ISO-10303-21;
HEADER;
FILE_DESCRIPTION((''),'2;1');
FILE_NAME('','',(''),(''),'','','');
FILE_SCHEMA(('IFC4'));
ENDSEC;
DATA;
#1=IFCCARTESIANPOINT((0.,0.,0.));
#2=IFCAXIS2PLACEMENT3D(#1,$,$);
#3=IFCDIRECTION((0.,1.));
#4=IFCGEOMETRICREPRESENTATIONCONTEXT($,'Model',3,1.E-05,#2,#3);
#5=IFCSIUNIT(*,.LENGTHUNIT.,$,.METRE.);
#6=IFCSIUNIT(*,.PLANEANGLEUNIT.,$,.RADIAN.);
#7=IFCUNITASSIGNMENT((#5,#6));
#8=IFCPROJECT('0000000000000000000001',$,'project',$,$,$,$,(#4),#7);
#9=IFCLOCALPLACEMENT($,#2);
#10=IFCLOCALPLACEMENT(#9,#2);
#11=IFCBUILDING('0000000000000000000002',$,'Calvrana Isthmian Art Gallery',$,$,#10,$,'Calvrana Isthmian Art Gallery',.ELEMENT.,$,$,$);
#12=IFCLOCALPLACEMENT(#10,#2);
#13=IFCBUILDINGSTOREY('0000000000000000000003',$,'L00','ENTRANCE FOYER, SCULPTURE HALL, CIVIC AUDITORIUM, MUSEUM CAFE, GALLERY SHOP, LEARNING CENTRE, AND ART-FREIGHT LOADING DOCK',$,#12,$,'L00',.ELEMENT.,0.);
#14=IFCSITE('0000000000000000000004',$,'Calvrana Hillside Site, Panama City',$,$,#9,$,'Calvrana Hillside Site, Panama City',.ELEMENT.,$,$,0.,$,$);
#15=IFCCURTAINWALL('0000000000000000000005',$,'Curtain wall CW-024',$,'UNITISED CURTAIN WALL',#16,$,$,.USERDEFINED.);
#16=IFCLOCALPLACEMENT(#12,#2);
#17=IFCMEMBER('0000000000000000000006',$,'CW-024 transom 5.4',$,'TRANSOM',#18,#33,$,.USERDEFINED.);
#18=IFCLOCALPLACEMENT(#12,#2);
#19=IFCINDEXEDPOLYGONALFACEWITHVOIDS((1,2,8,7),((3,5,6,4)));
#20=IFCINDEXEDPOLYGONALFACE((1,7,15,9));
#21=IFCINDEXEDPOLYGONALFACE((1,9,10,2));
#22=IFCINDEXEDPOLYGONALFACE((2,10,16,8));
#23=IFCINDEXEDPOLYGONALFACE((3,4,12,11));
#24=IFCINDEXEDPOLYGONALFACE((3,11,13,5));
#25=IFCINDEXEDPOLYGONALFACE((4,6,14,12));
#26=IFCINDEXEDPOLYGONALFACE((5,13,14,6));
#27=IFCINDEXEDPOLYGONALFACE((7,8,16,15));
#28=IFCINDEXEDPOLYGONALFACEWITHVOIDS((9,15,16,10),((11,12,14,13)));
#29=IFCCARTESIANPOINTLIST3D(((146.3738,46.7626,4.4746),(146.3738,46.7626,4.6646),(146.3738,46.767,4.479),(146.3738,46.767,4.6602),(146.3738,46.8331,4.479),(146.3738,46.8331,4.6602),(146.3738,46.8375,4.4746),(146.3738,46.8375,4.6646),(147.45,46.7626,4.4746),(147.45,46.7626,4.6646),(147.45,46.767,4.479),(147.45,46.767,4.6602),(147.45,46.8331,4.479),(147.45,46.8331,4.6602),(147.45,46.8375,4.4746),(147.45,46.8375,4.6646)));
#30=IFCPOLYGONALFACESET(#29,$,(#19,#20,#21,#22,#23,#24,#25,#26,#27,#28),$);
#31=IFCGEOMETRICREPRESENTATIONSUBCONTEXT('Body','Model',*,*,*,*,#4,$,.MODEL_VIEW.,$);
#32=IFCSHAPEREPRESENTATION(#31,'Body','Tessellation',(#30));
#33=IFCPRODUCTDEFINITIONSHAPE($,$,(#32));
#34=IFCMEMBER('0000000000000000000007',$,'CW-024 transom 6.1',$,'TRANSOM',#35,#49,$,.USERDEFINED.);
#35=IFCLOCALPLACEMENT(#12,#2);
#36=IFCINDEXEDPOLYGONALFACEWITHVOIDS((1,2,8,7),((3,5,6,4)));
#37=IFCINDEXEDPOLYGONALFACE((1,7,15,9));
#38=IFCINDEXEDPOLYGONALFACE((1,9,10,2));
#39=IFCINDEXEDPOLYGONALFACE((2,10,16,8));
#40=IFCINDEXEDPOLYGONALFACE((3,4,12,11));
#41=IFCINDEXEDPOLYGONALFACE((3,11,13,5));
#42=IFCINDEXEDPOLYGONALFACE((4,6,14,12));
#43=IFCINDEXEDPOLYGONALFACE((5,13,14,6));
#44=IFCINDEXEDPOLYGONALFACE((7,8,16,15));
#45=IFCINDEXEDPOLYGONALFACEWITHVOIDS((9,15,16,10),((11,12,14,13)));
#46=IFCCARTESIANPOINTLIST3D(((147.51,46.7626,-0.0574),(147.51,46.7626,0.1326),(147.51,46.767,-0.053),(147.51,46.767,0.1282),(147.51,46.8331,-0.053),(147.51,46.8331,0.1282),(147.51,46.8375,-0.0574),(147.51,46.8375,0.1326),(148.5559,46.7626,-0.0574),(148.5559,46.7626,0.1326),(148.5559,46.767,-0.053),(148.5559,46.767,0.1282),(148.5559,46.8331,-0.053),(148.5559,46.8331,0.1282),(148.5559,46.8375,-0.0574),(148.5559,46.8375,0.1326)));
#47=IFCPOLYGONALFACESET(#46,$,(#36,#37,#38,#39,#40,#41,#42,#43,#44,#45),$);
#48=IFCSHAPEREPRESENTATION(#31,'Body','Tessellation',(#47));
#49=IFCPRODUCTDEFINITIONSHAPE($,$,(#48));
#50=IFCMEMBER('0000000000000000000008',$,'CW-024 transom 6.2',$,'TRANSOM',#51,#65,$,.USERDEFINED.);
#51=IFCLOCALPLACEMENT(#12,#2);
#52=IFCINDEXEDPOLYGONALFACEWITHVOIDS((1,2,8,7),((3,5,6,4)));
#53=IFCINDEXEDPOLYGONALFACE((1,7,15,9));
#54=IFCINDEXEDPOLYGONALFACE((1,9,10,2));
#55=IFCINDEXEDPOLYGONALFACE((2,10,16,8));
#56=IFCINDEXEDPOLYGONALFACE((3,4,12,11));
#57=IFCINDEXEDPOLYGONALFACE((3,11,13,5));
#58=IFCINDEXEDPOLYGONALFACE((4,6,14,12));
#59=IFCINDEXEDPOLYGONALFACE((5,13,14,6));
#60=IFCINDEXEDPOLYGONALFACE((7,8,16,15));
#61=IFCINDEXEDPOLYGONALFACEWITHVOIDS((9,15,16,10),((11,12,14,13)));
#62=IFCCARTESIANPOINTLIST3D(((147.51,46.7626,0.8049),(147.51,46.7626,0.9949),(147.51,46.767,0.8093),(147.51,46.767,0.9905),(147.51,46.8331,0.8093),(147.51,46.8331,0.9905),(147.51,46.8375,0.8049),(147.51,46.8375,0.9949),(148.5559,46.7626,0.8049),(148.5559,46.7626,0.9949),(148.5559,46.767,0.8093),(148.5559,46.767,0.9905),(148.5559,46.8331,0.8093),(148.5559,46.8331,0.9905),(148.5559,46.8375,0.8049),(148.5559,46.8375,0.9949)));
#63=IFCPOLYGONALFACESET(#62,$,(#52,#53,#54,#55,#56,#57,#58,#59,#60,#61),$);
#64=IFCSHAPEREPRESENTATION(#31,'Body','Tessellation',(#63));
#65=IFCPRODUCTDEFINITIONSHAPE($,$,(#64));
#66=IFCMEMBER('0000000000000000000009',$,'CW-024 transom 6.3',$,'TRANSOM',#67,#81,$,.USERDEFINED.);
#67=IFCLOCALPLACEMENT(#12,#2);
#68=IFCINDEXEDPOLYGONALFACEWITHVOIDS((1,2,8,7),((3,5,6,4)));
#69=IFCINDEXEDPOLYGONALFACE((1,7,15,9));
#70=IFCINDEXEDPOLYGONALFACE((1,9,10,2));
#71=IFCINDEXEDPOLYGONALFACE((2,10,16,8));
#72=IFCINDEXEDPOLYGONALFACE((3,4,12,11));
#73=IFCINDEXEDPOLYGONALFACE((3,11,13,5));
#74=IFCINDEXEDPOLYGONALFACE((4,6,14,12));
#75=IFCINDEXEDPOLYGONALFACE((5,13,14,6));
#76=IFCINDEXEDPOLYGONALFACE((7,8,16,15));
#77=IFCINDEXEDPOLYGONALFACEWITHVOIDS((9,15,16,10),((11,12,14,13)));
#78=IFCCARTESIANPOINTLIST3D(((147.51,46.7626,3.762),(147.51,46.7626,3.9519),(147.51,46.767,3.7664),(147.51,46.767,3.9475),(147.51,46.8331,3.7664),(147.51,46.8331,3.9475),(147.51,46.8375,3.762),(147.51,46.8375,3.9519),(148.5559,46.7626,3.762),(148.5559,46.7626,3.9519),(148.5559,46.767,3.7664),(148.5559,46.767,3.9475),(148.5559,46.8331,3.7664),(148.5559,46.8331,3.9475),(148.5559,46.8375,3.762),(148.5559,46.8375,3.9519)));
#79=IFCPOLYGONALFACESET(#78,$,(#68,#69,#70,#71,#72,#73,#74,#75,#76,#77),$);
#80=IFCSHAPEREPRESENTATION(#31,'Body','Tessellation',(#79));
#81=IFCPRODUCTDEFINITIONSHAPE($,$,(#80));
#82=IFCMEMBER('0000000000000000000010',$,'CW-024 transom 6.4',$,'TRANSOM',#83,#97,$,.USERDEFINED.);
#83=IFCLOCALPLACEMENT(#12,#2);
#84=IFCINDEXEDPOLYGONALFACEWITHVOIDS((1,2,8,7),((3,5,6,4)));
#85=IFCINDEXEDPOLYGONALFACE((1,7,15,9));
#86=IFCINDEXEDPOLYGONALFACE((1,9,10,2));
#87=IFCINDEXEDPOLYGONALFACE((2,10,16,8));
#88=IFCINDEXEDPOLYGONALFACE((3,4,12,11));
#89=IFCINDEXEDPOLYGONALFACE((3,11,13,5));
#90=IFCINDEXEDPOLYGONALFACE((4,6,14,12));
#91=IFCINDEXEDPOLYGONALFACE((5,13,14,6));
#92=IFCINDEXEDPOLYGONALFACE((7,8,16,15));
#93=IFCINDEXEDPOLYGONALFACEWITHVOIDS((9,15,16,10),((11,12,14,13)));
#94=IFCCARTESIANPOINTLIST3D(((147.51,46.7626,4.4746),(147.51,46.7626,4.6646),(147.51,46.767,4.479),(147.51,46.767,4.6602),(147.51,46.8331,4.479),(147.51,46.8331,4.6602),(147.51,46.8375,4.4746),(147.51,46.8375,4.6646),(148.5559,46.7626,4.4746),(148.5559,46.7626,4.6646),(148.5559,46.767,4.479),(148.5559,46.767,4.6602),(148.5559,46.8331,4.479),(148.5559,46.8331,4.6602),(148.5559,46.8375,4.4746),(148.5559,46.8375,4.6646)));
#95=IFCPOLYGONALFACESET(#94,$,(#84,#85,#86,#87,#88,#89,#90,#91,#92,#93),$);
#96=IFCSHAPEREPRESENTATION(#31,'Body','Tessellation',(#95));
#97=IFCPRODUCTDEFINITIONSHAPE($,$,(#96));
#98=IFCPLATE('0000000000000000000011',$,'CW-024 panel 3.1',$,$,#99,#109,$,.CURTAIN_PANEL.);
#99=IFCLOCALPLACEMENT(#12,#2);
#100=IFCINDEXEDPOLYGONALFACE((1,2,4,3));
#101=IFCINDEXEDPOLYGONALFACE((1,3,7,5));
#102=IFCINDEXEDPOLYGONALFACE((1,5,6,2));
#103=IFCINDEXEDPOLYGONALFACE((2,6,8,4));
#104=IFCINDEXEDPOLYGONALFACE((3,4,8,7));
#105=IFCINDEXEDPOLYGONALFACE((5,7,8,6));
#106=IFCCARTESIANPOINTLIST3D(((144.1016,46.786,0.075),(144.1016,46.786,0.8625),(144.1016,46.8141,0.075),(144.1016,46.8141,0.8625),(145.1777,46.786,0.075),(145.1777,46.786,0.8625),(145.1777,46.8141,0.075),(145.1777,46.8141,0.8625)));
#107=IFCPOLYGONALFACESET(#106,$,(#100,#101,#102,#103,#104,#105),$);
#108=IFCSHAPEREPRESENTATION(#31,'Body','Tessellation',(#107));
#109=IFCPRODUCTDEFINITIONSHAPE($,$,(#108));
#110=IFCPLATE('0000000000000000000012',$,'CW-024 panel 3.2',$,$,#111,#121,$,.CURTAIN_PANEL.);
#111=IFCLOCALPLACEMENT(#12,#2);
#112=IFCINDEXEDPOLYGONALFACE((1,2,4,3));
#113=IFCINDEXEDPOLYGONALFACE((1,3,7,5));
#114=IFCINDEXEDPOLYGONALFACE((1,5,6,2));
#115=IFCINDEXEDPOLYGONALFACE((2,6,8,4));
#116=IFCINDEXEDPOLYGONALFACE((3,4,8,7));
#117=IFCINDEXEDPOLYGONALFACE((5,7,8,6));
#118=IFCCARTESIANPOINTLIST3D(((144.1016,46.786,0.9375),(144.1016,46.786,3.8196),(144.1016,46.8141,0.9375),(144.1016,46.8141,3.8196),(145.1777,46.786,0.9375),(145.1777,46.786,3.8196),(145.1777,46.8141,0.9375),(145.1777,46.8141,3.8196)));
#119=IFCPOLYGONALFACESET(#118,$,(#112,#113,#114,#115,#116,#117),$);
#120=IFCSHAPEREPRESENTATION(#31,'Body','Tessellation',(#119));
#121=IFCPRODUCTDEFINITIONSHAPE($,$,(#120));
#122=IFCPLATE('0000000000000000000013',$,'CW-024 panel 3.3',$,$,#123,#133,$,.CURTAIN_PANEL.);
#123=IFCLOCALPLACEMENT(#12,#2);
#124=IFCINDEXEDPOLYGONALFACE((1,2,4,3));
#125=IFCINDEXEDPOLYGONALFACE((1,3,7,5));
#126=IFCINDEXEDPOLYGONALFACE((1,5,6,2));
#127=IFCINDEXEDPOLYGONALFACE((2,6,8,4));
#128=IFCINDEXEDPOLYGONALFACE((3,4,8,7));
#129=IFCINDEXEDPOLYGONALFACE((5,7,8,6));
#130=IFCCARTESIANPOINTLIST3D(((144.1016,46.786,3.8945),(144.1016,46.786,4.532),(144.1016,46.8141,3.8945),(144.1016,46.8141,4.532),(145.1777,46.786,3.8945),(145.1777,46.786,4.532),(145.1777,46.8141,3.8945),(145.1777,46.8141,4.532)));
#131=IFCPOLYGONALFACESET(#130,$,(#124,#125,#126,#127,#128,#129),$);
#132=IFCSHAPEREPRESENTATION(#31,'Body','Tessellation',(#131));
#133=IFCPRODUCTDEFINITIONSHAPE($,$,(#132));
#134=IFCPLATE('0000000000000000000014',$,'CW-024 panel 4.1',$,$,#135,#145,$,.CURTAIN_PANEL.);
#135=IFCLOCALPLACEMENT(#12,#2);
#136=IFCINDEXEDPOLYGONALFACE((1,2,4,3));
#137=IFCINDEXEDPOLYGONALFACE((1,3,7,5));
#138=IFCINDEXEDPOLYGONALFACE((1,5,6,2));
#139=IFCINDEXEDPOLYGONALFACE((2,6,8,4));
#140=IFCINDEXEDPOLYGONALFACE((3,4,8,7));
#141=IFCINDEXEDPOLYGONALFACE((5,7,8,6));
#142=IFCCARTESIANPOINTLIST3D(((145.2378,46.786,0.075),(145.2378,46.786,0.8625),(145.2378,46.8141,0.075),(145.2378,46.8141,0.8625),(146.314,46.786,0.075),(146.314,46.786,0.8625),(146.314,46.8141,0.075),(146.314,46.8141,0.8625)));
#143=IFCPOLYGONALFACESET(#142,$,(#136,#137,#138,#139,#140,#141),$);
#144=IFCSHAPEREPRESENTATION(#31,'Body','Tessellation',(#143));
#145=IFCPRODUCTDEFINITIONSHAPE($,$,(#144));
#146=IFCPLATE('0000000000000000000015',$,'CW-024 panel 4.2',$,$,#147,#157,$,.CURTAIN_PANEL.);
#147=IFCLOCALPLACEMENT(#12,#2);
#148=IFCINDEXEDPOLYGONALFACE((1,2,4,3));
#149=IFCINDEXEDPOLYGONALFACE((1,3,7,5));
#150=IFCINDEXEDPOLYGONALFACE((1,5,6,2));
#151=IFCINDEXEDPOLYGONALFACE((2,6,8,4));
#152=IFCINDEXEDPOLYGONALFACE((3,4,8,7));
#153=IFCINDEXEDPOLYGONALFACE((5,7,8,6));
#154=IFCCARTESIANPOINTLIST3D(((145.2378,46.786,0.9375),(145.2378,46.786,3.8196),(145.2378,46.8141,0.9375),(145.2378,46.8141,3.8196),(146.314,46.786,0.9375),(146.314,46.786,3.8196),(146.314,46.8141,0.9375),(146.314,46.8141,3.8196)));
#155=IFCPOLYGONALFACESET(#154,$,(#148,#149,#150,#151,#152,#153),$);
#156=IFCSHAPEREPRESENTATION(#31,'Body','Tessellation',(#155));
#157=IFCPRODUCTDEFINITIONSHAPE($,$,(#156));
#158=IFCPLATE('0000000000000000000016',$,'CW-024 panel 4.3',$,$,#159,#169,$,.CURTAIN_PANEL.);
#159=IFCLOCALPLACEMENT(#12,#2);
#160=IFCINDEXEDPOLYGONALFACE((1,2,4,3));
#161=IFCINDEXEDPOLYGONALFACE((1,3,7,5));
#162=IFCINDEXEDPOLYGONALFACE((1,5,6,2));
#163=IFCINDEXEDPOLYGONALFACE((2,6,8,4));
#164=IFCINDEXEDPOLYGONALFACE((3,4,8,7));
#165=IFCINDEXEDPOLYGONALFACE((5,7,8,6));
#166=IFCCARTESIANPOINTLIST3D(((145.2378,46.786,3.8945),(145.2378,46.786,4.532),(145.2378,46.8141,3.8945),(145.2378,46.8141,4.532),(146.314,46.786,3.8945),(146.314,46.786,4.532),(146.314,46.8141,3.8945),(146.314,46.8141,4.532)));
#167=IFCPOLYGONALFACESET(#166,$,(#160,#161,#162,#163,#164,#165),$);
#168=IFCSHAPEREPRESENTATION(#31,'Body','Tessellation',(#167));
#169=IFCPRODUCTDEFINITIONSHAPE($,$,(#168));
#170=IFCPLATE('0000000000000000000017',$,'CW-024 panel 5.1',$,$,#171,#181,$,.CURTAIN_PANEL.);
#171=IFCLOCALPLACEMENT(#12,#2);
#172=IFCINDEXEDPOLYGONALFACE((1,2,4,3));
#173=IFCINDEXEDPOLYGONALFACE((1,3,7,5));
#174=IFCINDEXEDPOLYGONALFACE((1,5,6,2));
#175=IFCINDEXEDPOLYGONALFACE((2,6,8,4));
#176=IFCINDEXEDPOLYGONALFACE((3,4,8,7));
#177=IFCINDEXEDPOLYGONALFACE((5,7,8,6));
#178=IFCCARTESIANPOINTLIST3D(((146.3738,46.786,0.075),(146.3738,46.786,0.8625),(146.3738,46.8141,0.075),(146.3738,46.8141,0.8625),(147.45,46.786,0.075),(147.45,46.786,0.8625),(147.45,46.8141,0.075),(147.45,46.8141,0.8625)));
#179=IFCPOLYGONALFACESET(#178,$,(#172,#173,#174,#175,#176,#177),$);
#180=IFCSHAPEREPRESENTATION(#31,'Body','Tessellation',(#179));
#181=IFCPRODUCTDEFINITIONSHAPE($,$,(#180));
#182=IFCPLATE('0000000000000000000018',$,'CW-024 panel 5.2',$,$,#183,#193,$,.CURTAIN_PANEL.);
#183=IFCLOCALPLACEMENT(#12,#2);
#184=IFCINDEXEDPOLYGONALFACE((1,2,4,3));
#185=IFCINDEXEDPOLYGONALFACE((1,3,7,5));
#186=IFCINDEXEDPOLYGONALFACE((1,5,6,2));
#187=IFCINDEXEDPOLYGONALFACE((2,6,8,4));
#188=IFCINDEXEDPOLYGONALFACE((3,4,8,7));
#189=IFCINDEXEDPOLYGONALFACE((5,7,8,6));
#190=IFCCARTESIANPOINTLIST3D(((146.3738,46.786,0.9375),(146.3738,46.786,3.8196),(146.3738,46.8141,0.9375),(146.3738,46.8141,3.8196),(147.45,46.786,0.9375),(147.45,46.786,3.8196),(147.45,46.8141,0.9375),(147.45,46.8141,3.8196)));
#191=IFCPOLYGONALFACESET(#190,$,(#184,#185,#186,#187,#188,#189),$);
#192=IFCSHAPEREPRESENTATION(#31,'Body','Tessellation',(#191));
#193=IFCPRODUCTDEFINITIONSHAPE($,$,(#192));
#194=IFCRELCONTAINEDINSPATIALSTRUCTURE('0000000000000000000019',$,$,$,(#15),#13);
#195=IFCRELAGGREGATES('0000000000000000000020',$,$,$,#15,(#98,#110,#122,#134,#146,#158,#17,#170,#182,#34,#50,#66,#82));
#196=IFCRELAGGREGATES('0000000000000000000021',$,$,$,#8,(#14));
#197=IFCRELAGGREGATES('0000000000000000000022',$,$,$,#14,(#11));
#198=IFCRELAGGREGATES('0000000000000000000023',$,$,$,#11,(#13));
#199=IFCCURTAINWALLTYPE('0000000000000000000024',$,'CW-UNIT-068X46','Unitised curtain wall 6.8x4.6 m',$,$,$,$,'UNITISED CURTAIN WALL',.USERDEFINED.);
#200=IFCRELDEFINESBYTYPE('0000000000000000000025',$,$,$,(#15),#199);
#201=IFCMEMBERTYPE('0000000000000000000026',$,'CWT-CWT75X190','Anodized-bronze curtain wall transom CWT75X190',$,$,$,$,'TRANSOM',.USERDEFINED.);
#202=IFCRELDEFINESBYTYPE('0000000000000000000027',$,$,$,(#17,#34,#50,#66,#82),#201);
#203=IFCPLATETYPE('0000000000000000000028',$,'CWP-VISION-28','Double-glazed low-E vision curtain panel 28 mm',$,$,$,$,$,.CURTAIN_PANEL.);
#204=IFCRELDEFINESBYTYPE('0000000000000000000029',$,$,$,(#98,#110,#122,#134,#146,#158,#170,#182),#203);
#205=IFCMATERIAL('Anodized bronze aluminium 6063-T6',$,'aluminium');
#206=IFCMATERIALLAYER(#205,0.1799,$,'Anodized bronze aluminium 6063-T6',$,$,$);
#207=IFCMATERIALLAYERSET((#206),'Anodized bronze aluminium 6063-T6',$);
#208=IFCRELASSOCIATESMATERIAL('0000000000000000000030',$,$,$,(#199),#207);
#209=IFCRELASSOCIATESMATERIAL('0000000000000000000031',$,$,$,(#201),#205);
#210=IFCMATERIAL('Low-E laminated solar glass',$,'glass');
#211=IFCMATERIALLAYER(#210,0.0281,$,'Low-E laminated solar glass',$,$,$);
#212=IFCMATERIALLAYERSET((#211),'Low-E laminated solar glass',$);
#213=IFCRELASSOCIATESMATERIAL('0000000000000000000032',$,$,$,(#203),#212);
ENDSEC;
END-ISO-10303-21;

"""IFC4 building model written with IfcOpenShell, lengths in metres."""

from ifc_helpers import new_model, si_unit, direction, frame, origin, origin_2d, place, context, subcontext, project, spatial, rectangle, hollow_rectangle, extrude, material, layer, layer_set, material_profile, profile_set, type_object, element, aggregate, save


model = new_model("IFC4")

# Units and contexts
model_context = context("Model", 3, precision=1e-05, world=origin(), true_north=direction((0.0, 1.0)))
body_context = subcontext(model_context, "Body", "Model", "MODEL_VIEW")
ifc_project = project(units=[si_unit("LENGTHUNIT", "METRE"), si_unit("PLANEANGLEUNIT", "RADIAN")], contexts=[model_context])

# Site, building, storey
site_placement = place(None, origin())
site = spatial("IfcSite", under=ifc_project, at=site_placement, Name="Calvrana Hillside Site, Panama City", LongName="Calvrana Hillside Site, Panama City", CompositionType="ELEMENT", RefElevation=0.0)
building_placement = place(site_placement, origin())
building = spatial("IfcBuilding", under=site, at=building_placement, Name="Calvrana Isthmian Art Gallery", LongName="Calvrana Isthmian Art Gallery", CompositionType="ELEMENT")
storey_placement = place(building_placement, origin())
storey = spatial("IfcBuildingStorey", under=building, at=storey_placement, Name="L00", Description="ENTRANCE FOYER, SCULPTURE HALL, CIVIC AUDITORIUM, MUSEUM CAFE, GALLERY SHOP, LEARNING CENTRE, AND ART-FREIGHT LOADING DOCK", LongName="L00", CompositionType="ELEMENT", Elevation=0.0)

# Curtain wall, members, plates
ifc_material_1 = material(Name="Anodized bronze aluminium 6063-T6", Category="aluminium")
ifc_layer_1 = layer(ifc_material_1, 0.1799, Name="Anodized bronze aluminium 6063-T6")
ifc_layer_set_1 = layer_set([ifc_layer_1], Name="Anodized bronze aluminium 6063-T6")
curtain_wall_type = type_object("IfcCurtainWallType", Name="CW-UNIT-068X46", Description="Unitised curtain wall 6.8x4.6 m", ElementType="UNITISED CURTAIN WALL", PredefinedType="USERDEFINED", material=ifc_layer_set_1)
curtain_wall_placement = place(storey_placement, origin())
curtain_wall = element("IfcCurtainWall", 1, at=curtain_wall_placement, inside=storey, type_object=curtain_wall_type, Name="Curtain wall CW-024", ObjectType="UNITISED CURTAIN WALL", PredefinedType="USERDEFINED")
ifc_material_profile_1 = material_profile(ifc_material_1, hollow_rectangle(XDim=0.075, YDim=0.1899, WallThickness=0.0044, at=origin_2d()), Name="CWT75X190")
ifc_profile_set_1 = profile_set([ifc_material_profile_1], Name="Anodized bronze aluminium 6063-T6")
member_type_1 = type_object("IfcMemberType", Name="CWT-CWT75X190", Description="Anodized-bronze curtain wall transom CWT75X190", ElementType="TRANSOM", PredefinedType="USERDEFINED", material=ifc_profile_set_1)
member_1_placement = place(storey_placement, frame((146.3738, 46.8, 4.5696), z_axis=(1.0, 0.0, 0.0), x_axis=(0.0, 1.0, 0.0)))
member_1 = element("IfcMember", 2, at=member_1_placement, type_object=member_type_1, Name="CW-024 transom 5.4", ObjectType="TRANSOM", PredefinedType="USERDEFINED", context=body_context, shape_type="SweptSolid", body=[
    extrude(hollow_rectangle(XDim=0.075, YDim=0.1899, WallThickness=0.0044, at=origin_2d()), origin(), (0.0, 0.0, 1.0), 1.0762),
])
member_2_placement = place(storey_placement, frame((147.51, 46.8, 0.0376), z_axis=(1.0, 0.0, 0.0), x_axis=(0.0, 1.0, 0.0)))
member_2 = element("IfcMember", 3, at=member_2_placement, type_object=member_type_1, Name="CW-024 transom 6.1", ObjectType="TRANSOM", PredefinedType="USERDEFINED", context=body_context, shape_type="SweptSolid", body=[
    extrude(hollow_rectangle(XDim=0.075, YDim=0.1899, WallThickness=0.0044, at=origin_2d()), origin(), (0.0, 0.0, 1.0), 1.0459),
])
member_3_placement = place(storey_placement, frame((147.51, 46.8, 0.8999), z_axis=(1.0, 0.0, 0.0), x_axis=(0.0, 1.0, 0.0)))
member_3 = element("IfcMember", 4, at=member_3_placement, type_object=member_type_1, Name="CW-024 transom 6.2", ObjectType="TRANSOM", PredefinedType="USERDEFINED", context=body_context, shape_type="SweptSolid", body=[
    extrude(hollow_rectangle(XDim=0.075, YDim=0.1899, WallThickness=0.0044, at=origin_2d()), origin(), (0.0, 0.0, 1.0), 1.0459),
])
member_4_placement = place(storey_placement, frame((147.51, 46.8, 3.8569), z_axis=(1.0, 0.0, 0.0), x_axis=(0.0, 1.0, 0.0)))
member_4 = element("IfcMember", 5, at=member_4_placement, type_object=member_type_1, Name="CW-024 transom 6.3", ObjectType="TRANSOM", PredefinedType="USERDEFINED", context=body_context, shape_type="SweptSolid", body=[
    extrude(hollow_rectangle(XDim=0.075, YDim=0.1899, WallThickness=0.0044, at=origin_2d()), origin(), (0.0, 0.0, 1.0), 1.0459),
])
member_5_placement = place(storey_placement, frame((147.51, 46.8, 4.5696), z_axis=(1.0, 0.0, 0.0), x_axis=(0.0, 1.0, 0.0)))
member_5 = element("IfcMember", 6, at=member_5_placement, type_object=member_type_1, Name="CW-024 transom 6.4", ObjectType="TRANSOM", PredefinedType="USERDEFINED", context=body_context, shape_type="SweptSolid", body=[
    extrude(hollow_rectangle(XDim=0.075, YDim=0.1899, WallThickness=0.0044, at=origin_2d()), origin(), (0.0, 0.0, 1.0), 1.0459),
])
ifc_material_2 = material(Name="Low-E laminated solar glass", Category="glass")
ifc_layer_2 = layer(ifc_material_2, 0.0281, Name="Low-E laminated solar glass")
ifc_layer_set_2 = layer_set([ifc_layer_2], Name="Low-E laminated solar glass")
plate_type = type_object("IfcPlateType", Name="CWP-VISION-28", Description="Double-glazed low-E vision curtain panel 28 mm", PredefinedType="CURTAIN_PANEL", material=ifc_layer_set_2)
plate_1_placement = place(storey_placement, frame((144.6396, 46.8, 0.075), z_axis=(0.0, 0.0, 1.0), x_axis=(1.0, 0.0, 0.0)))
plate_1 = element("IfcPlate", 7, at=plate_1_placement, type_object=plate_type, Name="CW-024 panel 3.1", PredefinedType="CURTAIN_PANEL", context=body_context, shape_type="SweptSolid", body=[
    extrude(rectangle(XDim=1.0762, YDim=0.0281, at=origin_2d()), origin(), (0.0, 0.0, 1.0), 0.7876),
])
plate_2_placement = place(storey_placement, frame((144.6396, 46.8, 0.9375), z_axis=(0.0, 0.0, 1.0), x_axis=(1.0, 0.0, 0.0)))
plate_2 = element("IfcPlate", 8, at=plate_2_placement, type_object=plate_type, Name="CW-024 panel 3.2", PredefinedType="CURTAIN_PANEL", context=body_context, shape_type="SweptSolid", body=[
    extrude(rectangle(XDim=1.0762, YDim=0.0281, at=origin_2d()), origin(), (0.0, 0.0, 1.0), 2.8821),
])
plate_3_placement = place(storey_placement, frame((144.6396, 46.8, 3.8945), z_axis=(0.0, 0.0, 1.0), x_axis=(1.0, 0.0, 0.0)))
plate_3 = element("IfcPlate", 9, at=plate_3_placement, type_object=plate_type, Name="CW-024 panel 3.3", PredefinedType="CURTAIN_PANEL", context=body_context, shape_type="SweptSolid", body=[
    extrude(rectangle(XDim=1.0762, YDim=0.0281, at=origin_2d()), origin(), (0.0, 0.0, 1.0), 0.6375),
])
plate_4_placement = place(storey_placement, frame((145.7759, 46.8, 0.075), z_axis=(0.0, 0.0, 1.0), x_axis=(1.0, 0.0, 0.0)))
plate_4 = element("IfcPlate", 10, at=plate_4_placement, type_object=plate_type, Name="CW-024 panel 4.1", PredefinedType="CURTAIN_PANEL", context=body_context, shape_type="SweptSolid", body=[
    extrude(rectangle(XDim=1.0762, YDim=0.0281, at=origin_2d()), origin(), (0.0, 0.0, 1.0), 0.7876),
])
plate_5_placement = place(storey_placement, frame((145.7759, 46.8, 0.9375), z_axis=(0.0, 0.0, 1.0), x_axis=(1.0, 0.0, 0.0)))
plate_5 = element("IfcPlate", 11, at=plate_5_placement, type_object=plate_type, Name="CW-024 panel 4.2", PredefinedType="CURTAIN_PANEL", context=body_context, shape_type="SweptSolid", body=[
    extrude(rectangle(XDim=1.0762, YDim=0.0281, at=origin_2d()), origin(), (0.0, 0.0, 1.0), 2.8821),
])
plate_6_placement = place(storey_placement, frame((145.7759, 46.8, 3.8945), z_axis=(0.0, 0.0, 1.0), x_axis=(1.0, 0.0, 0.0)))
plate_6 = element("IfcPlate", 12, at=plate_6_placement, type_object=plate_type, Name="CW-024 panel 4.3", PredefinedType="CURTAIN_PANEL", context=body_context, shape_type="SweptSolid", body=[
    extrude(rectangle(XDim=1.0762, YDim=0.0281, at=origin_2d()), origin(), (0.0, 0.0, 1.0), 0.6375),
])
plate_7_placement = place(storey_placement, frame((146.9119, 46.8, 0.075), z_axis=(0.0, 0.0, 1.0), x_axis=(1.0, 0.0, 0.0)))
plate_7 = element("IfcPlate", 13, at=plate_7_placement, type_object=plate_type, Name="CW-024 panel 5.1", PredefinedType="CURTAIN_PANEL", context=body_context, shape_type="SweptSolid", body=[
    extrude(rectangle(XDim=1.0762, YDim=0.0281, at=origin_2d()), origin(), (0.0, 0.0, 1.0), 0.7876),
])
plate_8_placement = place(storey_placement, frame((146.9119, 46.8, 0.9375), z_axis=(0.0, 0.0, 1.0), x_axis=(1.0, 0.0, 0.0)))
plate_8 = element("IfcPlate", 14, at=plate_8_placement, type_object=plate_type, Name="CW-024 panel 5.2", PredefinedType="CURTAIN_PANEL", context=body_context, shape_type="SweptSolid", body=[
    extrude(rectangle(XDim=1.0762, YDim=0.0281, at=origin_2d()), origin(), (0.0, 0.0, 1.0), 2.8821),
])
aggregate(curtain_wall, [plate_1, plate_2, plate_3, plate_4, plate_5, plate_6, member_1, plate_7, plate_8, member_2, member_3, member_4, member_5])

save(model, "model.ifc")
